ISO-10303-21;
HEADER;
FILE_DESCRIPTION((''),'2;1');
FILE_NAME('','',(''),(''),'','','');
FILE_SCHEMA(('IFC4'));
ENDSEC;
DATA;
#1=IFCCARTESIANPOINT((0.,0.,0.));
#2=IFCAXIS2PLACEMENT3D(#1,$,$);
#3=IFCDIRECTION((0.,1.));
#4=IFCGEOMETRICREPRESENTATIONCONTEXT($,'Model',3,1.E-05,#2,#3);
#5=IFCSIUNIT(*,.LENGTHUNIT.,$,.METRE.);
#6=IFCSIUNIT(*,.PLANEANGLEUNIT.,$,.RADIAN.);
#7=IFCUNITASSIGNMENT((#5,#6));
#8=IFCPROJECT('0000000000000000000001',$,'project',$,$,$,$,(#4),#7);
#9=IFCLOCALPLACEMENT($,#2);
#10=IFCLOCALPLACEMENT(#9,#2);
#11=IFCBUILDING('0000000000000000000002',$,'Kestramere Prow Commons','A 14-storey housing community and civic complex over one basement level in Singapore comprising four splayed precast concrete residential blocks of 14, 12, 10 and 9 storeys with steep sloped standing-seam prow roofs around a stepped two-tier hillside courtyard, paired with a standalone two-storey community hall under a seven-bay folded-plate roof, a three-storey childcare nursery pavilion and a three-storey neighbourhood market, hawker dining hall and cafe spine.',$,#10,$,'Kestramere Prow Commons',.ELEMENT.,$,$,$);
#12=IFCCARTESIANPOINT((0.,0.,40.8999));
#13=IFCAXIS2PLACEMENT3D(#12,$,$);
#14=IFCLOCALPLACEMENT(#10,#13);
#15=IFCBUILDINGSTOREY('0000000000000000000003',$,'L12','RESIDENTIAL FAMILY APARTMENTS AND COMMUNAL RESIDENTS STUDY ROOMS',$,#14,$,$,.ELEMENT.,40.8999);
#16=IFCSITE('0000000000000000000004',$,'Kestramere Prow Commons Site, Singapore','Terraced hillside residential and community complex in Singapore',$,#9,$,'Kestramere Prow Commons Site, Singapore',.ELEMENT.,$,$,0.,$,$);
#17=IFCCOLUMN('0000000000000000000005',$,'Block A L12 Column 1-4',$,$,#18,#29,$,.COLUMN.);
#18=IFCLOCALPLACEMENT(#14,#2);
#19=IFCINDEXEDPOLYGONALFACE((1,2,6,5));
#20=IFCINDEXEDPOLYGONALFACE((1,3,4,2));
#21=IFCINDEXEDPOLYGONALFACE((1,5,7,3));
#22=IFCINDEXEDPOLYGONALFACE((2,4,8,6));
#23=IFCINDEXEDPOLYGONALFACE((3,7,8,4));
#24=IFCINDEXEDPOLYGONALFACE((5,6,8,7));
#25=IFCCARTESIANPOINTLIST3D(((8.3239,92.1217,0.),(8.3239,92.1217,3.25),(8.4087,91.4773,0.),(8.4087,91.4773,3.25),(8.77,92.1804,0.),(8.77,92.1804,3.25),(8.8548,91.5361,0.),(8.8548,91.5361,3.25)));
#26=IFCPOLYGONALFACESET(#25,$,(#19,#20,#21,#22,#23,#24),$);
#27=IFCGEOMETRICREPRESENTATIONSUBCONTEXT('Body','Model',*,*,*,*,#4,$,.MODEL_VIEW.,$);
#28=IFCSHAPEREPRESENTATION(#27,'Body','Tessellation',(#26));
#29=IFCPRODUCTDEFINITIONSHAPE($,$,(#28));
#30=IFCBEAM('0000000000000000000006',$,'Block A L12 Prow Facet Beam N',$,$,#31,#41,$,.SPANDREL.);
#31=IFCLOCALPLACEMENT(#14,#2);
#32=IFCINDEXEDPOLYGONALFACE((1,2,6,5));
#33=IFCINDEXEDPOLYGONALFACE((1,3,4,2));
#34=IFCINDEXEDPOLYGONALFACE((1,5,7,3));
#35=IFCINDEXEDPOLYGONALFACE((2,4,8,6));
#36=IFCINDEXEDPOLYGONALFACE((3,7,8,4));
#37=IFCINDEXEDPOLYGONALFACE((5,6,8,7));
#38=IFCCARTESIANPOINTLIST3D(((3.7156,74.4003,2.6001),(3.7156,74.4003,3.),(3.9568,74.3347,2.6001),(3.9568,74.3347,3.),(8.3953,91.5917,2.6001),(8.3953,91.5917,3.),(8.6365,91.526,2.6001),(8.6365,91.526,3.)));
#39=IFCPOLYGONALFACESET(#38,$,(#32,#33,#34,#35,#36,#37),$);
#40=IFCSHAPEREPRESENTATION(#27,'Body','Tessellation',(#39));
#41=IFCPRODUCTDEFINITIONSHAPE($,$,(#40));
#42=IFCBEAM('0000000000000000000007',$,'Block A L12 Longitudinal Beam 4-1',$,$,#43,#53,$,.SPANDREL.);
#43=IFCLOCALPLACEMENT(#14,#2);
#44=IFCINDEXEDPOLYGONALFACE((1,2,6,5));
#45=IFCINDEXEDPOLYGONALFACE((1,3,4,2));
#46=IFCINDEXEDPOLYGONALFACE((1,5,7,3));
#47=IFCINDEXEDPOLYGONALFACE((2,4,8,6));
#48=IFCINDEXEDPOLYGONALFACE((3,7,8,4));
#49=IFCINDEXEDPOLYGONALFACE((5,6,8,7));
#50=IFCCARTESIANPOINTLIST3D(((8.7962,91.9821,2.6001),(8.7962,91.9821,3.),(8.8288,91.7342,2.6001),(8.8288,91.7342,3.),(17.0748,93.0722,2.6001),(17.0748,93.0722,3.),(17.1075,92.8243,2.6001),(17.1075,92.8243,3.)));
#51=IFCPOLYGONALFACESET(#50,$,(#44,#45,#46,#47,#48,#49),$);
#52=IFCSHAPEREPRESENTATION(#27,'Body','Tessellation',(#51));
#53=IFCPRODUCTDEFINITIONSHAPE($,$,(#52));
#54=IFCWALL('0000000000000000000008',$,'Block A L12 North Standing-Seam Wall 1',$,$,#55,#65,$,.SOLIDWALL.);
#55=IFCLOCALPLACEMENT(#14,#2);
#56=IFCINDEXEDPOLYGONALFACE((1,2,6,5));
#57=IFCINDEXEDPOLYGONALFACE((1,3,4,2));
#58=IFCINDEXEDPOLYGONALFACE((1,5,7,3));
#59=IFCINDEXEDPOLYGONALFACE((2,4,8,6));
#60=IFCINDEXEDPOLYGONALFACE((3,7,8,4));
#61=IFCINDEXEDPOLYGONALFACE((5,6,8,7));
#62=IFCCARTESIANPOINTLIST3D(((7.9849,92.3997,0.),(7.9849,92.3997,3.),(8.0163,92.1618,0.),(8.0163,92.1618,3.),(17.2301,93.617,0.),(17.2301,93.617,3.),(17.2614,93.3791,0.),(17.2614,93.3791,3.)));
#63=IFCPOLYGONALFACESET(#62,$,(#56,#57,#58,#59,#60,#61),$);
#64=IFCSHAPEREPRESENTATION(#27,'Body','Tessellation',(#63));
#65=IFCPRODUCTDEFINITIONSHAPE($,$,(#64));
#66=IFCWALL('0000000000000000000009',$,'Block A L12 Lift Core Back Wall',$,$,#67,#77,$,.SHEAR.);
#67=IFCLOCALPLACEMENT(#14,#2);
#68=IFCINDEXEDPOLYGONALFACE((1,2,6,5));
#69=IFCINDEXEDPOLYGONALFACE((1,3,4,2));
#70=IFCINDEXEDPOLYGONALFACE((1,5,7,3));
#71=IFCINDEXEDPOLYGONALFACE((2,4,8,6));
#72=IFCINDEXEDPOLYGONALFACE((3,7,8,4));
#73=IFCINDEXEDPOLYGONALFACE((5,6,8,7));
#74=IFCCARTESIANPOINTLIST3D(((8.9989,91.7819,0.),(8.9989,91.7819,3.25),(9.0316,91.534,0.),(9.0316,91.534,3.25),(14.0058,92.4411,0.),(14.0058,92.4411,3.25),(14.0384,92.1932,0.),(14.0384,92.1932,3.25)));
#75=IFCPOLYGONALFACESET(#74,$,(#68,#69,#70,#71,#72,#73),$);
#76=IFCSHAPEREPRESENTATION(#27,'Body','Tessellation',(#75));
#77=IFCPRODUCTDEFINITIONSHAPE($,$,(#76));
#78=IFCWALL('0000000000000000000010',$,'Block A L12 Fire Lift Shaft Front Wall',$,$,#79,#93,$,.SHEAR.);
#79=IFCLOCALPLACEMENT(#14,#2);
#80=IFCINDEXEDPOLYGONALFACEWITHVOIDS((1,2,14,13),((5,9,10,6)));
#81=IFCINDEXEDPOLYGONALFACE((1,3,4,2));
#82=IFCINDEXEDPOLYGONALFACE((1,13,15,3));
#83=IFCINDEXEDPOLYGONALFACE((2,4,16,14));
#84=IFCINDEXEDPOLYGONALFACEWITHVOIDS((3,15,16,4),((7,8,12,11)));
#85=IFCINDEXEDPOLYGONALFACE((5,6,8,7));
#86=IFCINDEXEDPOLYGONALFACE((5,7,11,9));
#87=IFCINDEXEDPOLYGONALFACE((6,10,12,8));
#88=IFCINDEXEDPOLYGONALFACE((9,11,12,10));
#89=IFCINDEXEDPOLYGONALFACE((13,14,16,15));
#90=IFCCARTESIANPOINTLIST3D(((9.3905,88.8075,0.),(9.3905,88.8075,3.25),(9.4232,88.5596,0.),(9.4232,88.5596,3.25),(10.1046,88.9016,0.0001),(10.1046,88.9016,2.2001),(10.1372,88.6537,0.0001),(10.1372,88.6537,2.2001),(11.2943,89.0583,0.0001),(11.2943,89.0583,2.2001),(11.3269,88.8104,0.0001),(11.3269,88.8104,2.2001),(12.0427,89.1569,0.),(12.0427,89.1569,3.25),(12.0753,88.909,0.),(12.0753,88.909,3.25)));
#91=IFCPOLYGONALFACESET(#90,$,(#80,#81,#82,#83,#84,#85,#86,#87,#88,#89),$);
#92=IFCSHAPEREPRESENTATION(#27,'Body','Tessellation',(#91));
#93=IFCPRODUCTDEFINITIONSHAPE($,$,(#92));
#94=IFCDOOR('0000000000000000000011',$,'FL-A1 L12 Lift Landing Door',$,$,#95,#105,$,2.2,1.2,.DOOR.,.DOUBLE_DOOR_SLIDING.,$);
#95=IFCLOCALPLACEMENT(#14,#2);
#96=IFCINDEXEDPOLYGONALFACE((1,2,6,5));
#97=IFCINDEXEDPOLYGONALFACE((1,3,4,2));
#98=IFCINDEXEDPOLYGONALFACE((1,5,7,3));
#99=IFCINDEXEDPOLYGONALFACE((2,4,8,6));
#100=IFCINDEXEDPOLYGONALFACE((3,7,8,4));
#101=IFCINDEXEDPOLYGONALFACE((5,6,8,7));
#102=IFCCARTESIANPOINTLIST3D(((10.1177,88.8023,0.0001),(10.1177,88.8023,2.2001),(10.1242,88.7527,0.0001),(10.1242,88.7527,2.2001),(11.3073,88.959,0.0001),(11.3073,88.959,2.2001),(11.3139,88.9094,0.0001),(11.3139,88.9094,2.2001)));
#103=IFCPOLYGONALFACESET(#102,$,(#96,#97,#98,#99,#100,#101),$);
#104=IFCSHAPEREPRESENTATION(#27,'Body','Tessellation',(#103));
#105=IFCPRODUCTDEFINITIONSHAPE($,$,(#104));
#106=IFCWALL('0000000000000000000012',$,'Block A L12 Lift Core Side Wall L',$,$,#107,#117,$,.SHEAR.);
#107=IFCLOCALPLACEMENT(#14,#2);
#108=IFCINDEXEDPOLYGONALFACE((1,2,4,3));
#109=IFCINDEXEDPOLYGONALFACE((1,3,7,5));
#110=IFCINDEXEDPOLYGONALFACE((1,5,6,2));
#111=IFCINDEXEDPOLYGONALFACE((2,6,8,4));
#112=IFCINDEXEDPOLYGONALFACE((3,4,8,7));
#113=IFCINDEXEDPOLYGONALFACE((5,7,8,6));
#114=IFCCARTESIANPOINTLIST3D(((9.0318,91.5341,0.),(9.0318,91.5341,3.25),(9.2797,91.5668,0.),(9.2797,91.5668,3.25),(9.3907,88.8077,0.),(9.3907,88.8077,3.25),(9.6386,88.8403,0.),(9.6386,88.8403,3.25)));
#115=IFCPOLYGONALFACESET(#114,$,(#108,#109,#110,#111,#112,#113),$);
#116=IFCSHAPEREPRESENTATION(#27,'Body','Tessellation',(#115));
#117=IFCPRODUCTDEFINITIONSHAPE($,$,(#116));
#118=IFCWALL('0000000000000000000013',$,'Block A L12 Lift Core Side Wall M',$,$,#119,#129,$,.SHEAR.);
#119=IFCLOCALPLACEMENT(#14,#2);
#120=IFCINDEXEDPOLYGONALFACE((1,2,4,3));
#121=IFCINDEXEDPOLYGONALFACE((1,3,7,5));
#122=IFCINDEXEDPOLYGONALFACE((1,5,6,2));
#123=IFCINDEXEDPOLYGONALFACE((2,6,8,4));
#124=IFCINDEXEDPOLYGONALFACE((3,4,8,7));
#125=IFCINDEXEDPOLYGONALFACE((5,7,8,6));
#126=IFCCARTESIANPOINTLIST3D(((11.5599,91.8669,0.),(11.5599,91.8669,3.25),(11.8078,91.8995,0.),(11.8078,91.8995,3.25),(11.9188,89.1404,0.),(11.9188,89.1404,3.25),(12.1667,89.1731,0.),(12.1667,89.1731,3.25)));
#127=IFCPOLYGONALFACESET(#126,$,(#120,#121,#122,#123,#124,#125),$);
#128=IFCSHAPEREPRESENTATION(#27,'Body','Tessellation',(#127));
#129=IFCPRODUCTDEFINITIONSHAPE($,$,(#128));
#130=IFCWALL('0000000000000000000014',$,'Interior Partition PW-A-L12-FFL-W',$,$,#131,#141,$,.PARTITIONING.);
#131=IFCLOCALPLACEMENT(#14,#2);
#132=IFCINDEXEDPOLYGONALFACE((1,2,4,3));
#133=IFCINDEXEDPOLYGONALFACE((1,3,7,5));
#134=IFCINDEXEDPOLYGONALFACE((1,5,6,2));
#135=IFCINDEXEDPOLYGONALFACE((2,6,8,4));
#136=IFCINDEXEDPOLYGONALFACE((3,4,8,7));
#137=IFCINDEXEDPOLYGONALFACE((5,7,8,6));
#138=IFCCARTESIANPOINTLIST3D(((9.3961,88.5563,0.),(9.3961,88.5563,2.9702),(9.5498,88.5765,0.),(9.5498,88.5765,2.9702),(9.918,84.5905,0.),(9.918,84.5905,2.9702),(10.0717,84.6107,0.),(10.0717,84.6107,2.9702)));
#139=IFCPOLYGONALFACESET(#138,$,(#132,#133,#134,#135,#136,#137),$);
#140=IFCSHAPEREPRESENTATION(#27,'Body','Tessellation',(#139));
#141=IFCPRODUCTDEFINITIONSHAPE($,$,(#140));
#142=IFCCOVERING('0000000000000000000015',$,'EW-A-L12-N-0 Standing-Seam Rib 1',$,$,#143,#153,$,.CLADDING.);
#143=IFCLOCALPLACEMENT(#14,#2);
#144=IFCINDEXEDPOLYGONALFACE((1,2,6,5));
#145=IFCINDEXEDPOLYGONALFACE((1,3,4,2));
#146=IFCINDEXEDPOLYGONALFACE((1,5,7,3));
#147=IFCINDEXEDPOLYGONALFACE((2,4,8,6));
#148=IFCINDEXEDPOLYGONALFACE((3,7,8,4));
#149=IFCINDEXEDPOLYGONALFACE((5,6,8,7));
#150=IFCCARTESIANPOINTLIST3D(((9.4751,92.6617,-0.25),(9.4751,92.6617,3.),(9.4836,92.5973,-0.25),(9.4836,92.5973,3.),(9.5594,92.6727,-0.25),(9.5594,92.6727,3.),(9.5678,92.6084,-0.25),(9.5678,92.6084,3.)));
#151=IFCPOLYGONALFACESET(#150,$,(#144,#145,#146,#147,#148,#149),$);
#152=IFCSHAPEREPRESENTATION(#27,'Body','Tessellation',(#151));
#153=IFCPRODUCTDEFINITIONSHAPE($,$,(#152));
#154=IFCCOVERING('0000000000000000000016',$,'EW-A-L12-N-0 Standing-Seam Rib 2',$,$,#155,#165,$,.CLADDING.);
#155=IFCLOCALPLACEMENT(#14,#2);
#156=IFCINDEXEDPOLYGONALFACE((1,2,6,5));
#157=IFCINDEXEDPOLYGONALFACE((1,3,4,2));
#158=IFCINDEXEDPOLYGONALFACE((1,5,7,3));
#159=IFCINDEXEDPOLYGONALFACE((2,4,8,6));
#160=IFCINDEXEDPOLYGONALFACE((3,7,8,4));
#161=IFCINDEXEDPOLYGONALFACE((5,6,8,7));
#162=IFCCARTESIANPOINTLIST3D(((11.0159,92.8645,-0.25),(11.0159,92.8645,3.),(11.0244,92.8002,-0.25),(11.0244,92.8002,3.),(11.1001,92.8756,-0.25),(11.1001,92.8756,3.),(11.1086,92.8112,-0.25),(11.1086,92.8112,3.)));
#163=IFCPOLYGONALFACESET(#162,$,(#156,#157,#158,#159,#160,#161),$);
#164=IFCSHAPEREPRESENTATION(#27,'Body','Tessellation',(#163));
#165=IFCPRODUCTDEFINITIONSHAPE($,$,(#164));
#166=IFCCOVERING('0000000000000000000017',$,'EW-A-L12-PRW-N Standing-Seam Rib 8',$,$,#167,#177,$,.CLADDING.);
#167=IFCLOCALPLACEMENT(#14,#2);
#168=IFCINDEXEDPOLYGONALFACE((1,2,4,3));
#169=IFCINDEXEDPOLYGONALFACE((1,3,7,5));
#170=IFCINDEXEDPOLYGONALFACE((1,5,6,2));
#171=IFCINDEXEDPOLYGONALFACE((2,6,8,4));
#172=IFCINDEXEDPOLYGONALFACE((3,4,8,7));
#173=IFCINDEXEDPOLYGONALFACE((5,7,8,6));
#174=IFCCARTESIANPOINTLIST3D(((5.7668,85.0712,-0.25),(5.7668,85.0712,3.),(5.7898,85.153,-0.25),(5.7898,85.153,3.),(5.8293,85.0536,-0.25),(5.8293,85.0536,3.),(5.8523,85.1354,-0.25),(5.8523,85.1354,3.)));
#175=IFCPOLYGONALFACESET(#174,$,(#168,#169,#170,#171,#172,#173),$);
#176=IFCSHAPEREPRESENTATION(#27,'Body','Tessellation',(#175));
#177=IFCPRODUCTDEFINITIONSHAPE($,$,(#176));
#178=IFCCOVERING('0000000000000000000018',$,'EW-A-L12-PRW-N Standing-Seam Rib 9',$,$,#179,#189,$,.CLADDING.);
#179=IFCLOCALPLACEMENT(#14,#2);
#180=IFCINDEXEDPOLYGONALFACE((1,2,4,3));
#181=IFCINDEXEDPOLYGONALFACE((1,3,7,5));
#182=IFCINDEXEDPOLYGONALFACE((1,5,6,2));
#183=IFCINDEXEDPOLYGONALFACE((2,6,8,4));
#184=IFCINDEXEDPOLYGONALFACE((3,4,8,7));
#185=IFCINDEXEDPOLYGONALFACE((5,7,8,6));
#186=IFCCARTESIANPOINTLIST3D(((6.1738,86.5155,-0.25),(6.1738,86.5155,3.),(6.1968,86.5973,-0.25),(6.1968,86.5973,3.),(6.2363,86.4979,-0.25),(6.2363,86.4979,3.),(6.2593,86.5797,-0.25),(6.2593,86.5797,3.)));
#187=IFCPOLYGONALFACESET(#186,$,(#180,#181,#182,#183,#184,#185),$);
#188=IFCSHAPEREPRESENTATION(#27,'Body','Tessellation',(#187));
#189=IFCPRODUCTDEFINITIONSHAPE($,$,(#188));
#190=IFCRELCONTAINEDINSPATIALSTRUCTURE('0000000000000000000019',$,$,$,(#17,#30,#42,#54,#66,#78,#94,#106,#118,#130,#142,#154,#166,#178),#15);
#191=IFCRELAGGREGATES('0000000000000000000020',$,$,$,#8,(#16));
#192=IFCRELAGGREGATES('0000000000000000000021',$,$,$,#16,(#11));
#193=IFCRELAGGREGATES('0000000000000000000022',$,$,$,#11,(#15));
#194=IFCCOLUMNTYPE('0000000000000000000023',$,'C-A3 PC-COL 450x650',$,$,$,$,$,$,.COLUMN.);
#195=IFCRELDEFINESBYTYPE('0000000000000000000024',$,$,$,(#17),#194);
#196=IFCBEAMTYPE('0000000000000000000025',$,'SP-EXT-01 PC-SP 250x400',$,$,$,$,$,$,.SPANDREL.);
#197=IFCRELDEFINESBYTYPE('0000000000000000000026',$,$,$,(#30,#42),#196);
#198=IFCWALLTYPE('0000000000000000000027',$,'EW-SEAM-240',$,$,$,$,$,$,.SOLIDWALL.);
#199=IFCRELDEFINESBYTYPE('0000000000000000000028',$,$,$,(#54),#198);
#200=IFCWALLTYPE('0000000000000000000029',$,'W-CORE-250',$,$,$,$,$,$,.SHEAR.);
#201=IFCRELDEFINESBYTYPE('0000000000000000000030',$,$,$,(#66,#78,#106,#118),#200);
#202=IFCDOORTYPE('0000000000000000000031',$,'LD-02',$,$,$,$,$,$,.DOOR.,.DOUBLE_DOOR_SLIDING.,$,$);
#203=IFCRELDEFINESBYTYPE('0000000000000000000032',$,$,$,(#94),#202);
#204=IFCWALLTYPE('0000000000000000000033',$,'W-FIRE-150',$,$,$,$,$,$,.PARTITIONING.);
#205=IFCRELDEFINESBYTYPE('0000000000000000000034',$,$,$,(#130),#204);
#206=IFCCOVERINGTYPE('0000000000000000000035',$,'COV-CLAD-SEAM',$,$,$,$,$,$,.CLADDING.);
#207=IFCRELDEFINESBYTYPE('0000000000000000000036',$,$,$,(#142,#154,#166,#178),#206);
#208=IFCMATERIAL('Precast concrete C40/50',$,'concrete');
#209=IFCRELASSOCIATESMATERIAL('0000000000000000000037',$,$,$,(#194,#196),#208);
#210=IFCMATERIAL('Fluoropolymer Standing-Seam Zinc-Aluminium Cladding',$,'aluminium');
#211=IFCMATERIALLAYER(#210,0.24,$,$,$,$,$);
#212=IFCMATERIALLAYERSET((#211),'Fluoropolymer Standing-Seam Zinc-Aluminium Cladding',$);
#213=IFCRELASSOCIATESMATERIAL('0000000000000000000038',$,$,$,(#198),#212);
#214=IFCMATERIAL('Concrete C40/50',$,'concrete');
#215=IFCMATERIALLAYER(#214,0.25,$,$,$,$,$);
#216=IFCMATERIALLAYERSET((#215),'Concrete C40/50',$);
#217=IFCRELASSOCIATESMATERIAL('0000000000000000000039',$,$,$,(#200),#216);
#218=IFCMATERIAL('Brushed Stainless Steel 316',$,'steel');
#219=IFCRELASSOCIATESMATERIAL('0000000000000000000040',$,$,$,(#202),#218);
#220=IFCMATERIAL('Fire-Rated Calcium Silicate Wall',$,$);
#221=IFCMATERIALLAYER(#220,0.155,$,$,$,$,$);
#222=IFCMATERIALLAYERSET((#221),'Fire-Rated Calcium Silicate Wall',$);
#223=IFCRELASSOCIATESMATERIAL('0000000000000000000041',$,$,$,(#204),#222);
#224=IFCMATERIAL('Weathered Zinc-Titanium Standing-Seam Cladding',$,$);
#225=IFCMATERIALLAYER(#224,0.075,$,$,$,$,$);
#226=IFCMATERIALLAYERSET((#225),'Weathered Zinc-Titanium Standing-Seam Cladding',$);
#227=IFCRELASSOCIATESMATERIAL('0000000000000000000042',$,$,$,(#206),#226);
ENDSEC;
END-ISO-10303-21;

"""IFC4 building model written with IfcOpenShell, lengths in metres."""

from ifc_helpers import new_model, si_unit, direction, frame, frame_2d, origin, origin_2d, place, context, subcontext, project, spatial, rectangle, extrude, material, layer, layer_set, material_profile, profile_set, type_object, element, fill, save


model = new_model("IFC4")

# Units and contexts
model_context = context("Model", 3, precision=1e-05, world=origin(), true_north=direction((0.0, 1.0)))
body_context = subcontext(model_context, "Body", "Model", "MODEL_VIEW")
ifc_project = project(units=[si_unit("LENGTHUNIT", "METRE"), si_unit("PLANEANGLEUNIT", "RADIAN")], contexts=[model_context])

# Site, building, storey
site_placement = place(None, origin())
site = spatial("IfcSite", under=ifc_project, at=site_placement, Name="Kestramere Prow Commons Site, Singapore", Description="Terraced hillside residential and community complex in Singapore", LongName="Kestramere Prow Commons Site, Singapore", CompositionType="ELEMENT", RefElevation=0.0)
building_placement = place(site_placement, origin())
building = spatial("IfcBuilding", under=site, at=building_placement, Name="Kestramere Prow Commons", Description="A 14-storey housing community and civic complex over one basement level in Singapore comprising four splayed precast concrete residential blocks of 14, 12, 10 and 9 storeys with steep sloped standing-seam prow roofs around a stepped two-tier hillside courtyard, paired with a standalone two-storey community hall under a seven-bay folded-plate roof, a three-storey childcare nursery pavilion and a three-storey neighbourhood market, hawker dining hall and cafe spine.", LongName="Kestramere Prow Commons", CompositionType="ELEMENT")
storey_placement = place(building_placement, frame((0.0, 0.0, 40.8999)))
storey = spatial("IfcBuildingStorey", under=building, at=storey_placement, Name="L12", Description="RESIDENTIAL FAMILY APARTMENTS AND COMMUNAL RESIDENTS STUDY ROOMS", CompositionType="ELEMENT", Elevation=40.8999)

# Column
ifc_material_1 = material(Name="Precast concrete C40/50", Category="concrete")
ifc_material_profile_1 = material_profile(ifc_material_1, rectangle(XDim=0.45, YDim=0.6499, at=origin_2d()), Name="PC-COL 450x650")
ifc_profile_set_1 = profile_set([ifc_material_profile_1], Name="Precast concrete C40/50")
column_type = type_object("IfcColumnType", Name="C-A3 PC-COL 450x650", PredefinedType="COLUMN", material=ifc_profile_set_1)
column_placement = place(storey_placement, frame((8.5894, 91.8289, 0.0), z_axis=(0.0, 0.0, 1.0), x_axis=(0.991445, 0.130526, 0.0)))
element("IfcColumn", 1, at=column_placement, inside=storey, type_object=column_type, Name="Block A L12 Column 1-4", PredefinedType="COLUMN", context=body_context, shape_type="SweptSolid", body=[
    extrude(rectangle(XDim=0.45, YDim=0.6499, at=origin_2d()), origin(), (0.0, 0.0, 1.0), 3.25),
])

# Beams
ifc_material_profile_2 = material_profile(ifc_material_1, rectangle(XDim=0.25, YDim=0.3999, at=origin_2d()), Name="PC-SP 250x400")
ifc_profile_set_2 = profile_set([ifc_material_profile_2], Name="Precast concrete C40/50")
beam_type = type_object("IfcBeamType", Name="SP-EXT-01 PC-SP 250x400", PredefinedType="SPANDREL", material=ifc_profile_set_2)
beam_1_placement = place(storey_placement, frame((8.5159, 91.5588, 2.8), z_axis=(-0.262654, -0.96489, 0.0), x_axis=(0.96489, -0.262654, 0.0)))
element("IfcBeam", 2, at=beam_1_placement, inside=storey, type_object=beam_type, Name="Block A L12 Prow Facet Beam N", PredefinedType="SPANDREL", context=body_context, shape_type="SweptSolid", body=[
    extrude(rectangle(XDim=0.25, YDim=0.3999, at=origin_2d()), origin(), (0.0, 0.0, 1.0), 17.8169),
])
beam_2_placement = place(storey_placement, frame((8.8125, 91.8582, 2.8), z_axis=(0.991442, 0.130549, 0.0), x_axis=(-0.130549, 0.991442, 0.0)))
element("IfcBeam", 3, at=beam_2_placement, inside=storey, type_object=beam_type, Name="Block A L12 Longitudinal Beam 4-1", PredefinedType="SPANDREL", context=body_context, shape_type="SweptSolid", body=[
    extrude(rectangle(XDim=0.25, YDim=0.3999, at=origin_2d()), origin(), (0.0, 0.0, 1.0), 8.3501),
])

# Walls
ifc_material_2 = material(Name="Fluoropolymer Standing-Seam Zinc-Aluminium Cladding", Category="aluminium")
ifc_layer_1 = layer(ifc_material_2, 0.24)
ifc_layer_set_1 = layer_set([ifc_layer_1], Name="Fluoropolymer Standing-Seam Zinc-Aluminium Cladding")
wall_type_1 = type_object("IfcWallType", Name="EW-SEAM-240", PredefinedType="SOLIDWALL", material=ifc_layer_set_1)
wall_1_placement = place(storey_placement, frame((8.0005, 92.2808, 0.0), z_axis=(0.0, 0.0, 1.0), x_axis=(0.991443, 0.130541, 0.0)))
element("IfcWall", 4, at=wall_1_placement, inside=storey, type_object=wall_type_1, Name="Block A L12 North Standing-Seam Wall 1", PredefinedType="SOLIDWALL", context=body_context, shape_type="SweptSolid", body=[
    extrude(rectangle(XDim=9.325, YDim=0.24, at=frame_2d((4.6626, 0.0))), origin(), (0.0, 0.0, 1.0), 3.0),
])
ifc_material_3 = material(Name="Concrete C40/50", Category="concrete")
ifc_layer_2 = layer(ifc_material_3, 0.25)
ifc_layer_set_2 = layer_set([ifc_layer_2], Name="Concrete C40/50")
wall_type_2 = type_object("IfcWallType", Name="W-CORE-250", PredefinedType="SHEAR", material=ifc_layer_set_2)
wall_2_placement = place(storey_placement, frame((9.0154, 91.658, 0.0), z_axis=(0.0, 0.0, 1.0), x_axis=(0.991444, 0.13053, 0.0)))
element("IfcWall", 5, at=wall_2_placement, inside=storey, type_object=wall_type_2, Name="Block A L12 Lift Core Back Wall", PredefinedType="SHEAR", context=body_context, shape_type="SweptSolid", body=[
    extrude(rectangle(XDim=5.05, YDim=0.25, at=frame_2d((2.5249, 0.0))), origin(), (0.0, 0.0, 1.0), 3.25),
])

# Wall, opening, door
wall_3_placement = place(storey_placement, frame((9.407, 88.6836, 0.0), z_axis=(0.0, 0.0, 1.0), x_axis=(0.991435, 0.130603, 0.0)))
wall_3 = element("IfcWall", 6, at=wall_3_placement, inside=storey, type_object=wall_type_2, Name="Block A L12 Fire Lift Shaft Front Wall", PredefinedType="SHEAR", context=body_context, shape_type="SweptSolid", body=[
    extrude(rectangle(XDim=2.675, YDim=0.25, at=frame_2d((1.3374, 0.0))), origin(), (0.0, 0.0, 1.0), 3.25),
])
opening_1_placement = place(wall_3_placement, frame((0.72, 0.0, 0.0)))
opening_1 = element("IfcOpeningElement", 7, at=opening_1_placement, cuts=wall_3, PredefinedType="OPENING", context=body_context, shape_type="SweptSolid", body=[
    extrude(rectangle(XDim=1.2, YDim=2.2, at=frame_2d((0.6001, 1.1001))), frame((0.0, 0.1399, 0.0), z_axis=(0.0, -1.0, 0.0), x_axis=(1.0, 0.0, 0.0)), (0.0, 0.0, 1.0), 0.28),
])
ifc_material_4 = material(Name="Brushed Stainless Steel 316", Category="steel")
door_type_1 = type_object("IfcDoorType", Name="LD-02", OperationType="DOUBLE_DOOR_SLIDING", PredefinedType="DOOR", material=ifc_material_4)
door_1_placement = place(opening_1_placement, origin())
door_1 = element("IfcDoor", 8, at=door_1_placement, inside=storey, type_object=door_type_1, Name="FL-A1 L12 Lift Landing Door", OperationType="DOUBLE_DOOR_SLIDING", OverallHeight=2.2, OverallWidth=1.2, PredefinedType="DOOR", context=body_context, shape_type="SweptSolid", body=[
    extrude(rectangle(XDim=1.2, YDim=2.2, at=frame_2d((0.6001, 1.1001))), frame((0.0, 0.0249, 0.0), z_axis=(0.0, -1.0, 0.0), x_axis=(1.0, 0.0, 0.0)), (0.0, 0.0, 1.0), 0.05),
])
fill(opening_1, door_1)

# Walls
for number, where, z_axis, x_axis, name in (
    (9, (9.5146, 88.824, 0.0), (0.0, 0.0, 1.0), (-0.1305, 0.991448, 0.0), "Block A L12 Lift Core Side Wall L"),
    (10, (12.0427, 89.1567, 0.0), (0.0, 0.0, 1.0), (-0.1305, 0.991448, 0.0), "Block A L12 Lift Core Side Wall M"),
):
    element("IfcWall", number, at=place(storey_placement, frame(where, z_axis=z_axis, x_axis=x_axis)), inside=storey, type_object=wall_type_2, Name=name, PredefinedType="SHEAR", context=body_context, shape_type="SweptSolid", body=[
        extrude(rectangle(XDim=2.75, YDim=0.25, at=frame_2d((1.375, 0.0))), origin(), (0.0, 0.0, 1.0), 3.25),
    ])
ifc_material_5 = material(Name="Fire-Rated Calcium Silicate Wall")
ifc_layer_3 = layer(ifc_material_5, 0.155)
ifc_layer_set_3 = layer_set([ifc_layer_3], Name="Fire-Rated Calcium Silicate Wall")
wall_type_3 = type_object("IfcWallType", Name="W-FIRE-150", PredefinedType="PARTITIONING", material=ifc_layer_set_3)
wall_4_placement = place(storey_placement, frame((9.9949, 84.6006, 0.0), z_axis=(0.0, 0.0, 1.0), x_axis=(-0.130492, 0.991449, 0.0)))
element("IfcWall", 11, at=wall_4_placement, inside=storey, type_object=wall_type_3, Name="Interior Partition PW-A-L12-FFL-W", PredefinedType="PARTITIONING", context=body_context, shape_type="SweptSolid", body=[
    extrude(rectangle(XDim=4.0, YDim=0.155, at=frame_2d((2.0, 0.0))), origin(), (0.0, 0.0, 1.0), 2.9702),
])

# Coverings
ifc_material_6 = material(Name="Weathered Zinc-Titanium Standing-Seam Cladding")
ifc_layer_4 = layer(ifc_material_6, 0.075)
ifc_layer_set_4 = layer_set([ifc_layer_4], Name="Weathered Zinc-Titanium Standing-Seam Cladding")
covering_type = type_object("IfcCoveringType", Name="COV-CLAD-SEAM", PredefinedType="CLADDING", material=ifc_layer_set_4)
for number, where, z_axis, x_axis, name in (
    (12, (9.5215, 92.635, -0.25), (0.0, 0.0, 1.0), (0.991445, 0.130526, 0.0), "EW-A-L12-N-0 Standing-Seam Rib 1"),
    (13, (11.0623, 92.8379, -0.25), (0.0, 0.0, 1.0), (0.991445, 0.130526, 0.0), "EW-A-L12-N-0 Standing-Seam Rib 2"),
    (14, (5.8096, 85.1033, -0.25), (0.0, 0.0, 1.0), (0.27116, 0.962534, 0.0), "EW-A-L12-PRW-N Standing-Seam Rib 8"),
    (15, (6.2166, 86.5476, -0.25), (0.0, 0.0, 1.0), (0.27116, 0.962534, 0.0), "EW-A-L12-PRW-N Standing-Seam Rib 9"),
):
    element("IfcCovering", number, at=place(storey_placement, frame(where, z_axis=z_axis, x_axis=x_axis)), inside=storey, type_object=covering_type, Name=name, PredefinedType="CLADDING", context=body_context, shape_type="SweptSolid", body=[
        extrude(rectangle(XDim=0.085, YDim=0.0649, at=origin_2d()), origin(), (0.0, 0.0, 1.0), 3.25),
    ])

save(model, "model.ifc")
